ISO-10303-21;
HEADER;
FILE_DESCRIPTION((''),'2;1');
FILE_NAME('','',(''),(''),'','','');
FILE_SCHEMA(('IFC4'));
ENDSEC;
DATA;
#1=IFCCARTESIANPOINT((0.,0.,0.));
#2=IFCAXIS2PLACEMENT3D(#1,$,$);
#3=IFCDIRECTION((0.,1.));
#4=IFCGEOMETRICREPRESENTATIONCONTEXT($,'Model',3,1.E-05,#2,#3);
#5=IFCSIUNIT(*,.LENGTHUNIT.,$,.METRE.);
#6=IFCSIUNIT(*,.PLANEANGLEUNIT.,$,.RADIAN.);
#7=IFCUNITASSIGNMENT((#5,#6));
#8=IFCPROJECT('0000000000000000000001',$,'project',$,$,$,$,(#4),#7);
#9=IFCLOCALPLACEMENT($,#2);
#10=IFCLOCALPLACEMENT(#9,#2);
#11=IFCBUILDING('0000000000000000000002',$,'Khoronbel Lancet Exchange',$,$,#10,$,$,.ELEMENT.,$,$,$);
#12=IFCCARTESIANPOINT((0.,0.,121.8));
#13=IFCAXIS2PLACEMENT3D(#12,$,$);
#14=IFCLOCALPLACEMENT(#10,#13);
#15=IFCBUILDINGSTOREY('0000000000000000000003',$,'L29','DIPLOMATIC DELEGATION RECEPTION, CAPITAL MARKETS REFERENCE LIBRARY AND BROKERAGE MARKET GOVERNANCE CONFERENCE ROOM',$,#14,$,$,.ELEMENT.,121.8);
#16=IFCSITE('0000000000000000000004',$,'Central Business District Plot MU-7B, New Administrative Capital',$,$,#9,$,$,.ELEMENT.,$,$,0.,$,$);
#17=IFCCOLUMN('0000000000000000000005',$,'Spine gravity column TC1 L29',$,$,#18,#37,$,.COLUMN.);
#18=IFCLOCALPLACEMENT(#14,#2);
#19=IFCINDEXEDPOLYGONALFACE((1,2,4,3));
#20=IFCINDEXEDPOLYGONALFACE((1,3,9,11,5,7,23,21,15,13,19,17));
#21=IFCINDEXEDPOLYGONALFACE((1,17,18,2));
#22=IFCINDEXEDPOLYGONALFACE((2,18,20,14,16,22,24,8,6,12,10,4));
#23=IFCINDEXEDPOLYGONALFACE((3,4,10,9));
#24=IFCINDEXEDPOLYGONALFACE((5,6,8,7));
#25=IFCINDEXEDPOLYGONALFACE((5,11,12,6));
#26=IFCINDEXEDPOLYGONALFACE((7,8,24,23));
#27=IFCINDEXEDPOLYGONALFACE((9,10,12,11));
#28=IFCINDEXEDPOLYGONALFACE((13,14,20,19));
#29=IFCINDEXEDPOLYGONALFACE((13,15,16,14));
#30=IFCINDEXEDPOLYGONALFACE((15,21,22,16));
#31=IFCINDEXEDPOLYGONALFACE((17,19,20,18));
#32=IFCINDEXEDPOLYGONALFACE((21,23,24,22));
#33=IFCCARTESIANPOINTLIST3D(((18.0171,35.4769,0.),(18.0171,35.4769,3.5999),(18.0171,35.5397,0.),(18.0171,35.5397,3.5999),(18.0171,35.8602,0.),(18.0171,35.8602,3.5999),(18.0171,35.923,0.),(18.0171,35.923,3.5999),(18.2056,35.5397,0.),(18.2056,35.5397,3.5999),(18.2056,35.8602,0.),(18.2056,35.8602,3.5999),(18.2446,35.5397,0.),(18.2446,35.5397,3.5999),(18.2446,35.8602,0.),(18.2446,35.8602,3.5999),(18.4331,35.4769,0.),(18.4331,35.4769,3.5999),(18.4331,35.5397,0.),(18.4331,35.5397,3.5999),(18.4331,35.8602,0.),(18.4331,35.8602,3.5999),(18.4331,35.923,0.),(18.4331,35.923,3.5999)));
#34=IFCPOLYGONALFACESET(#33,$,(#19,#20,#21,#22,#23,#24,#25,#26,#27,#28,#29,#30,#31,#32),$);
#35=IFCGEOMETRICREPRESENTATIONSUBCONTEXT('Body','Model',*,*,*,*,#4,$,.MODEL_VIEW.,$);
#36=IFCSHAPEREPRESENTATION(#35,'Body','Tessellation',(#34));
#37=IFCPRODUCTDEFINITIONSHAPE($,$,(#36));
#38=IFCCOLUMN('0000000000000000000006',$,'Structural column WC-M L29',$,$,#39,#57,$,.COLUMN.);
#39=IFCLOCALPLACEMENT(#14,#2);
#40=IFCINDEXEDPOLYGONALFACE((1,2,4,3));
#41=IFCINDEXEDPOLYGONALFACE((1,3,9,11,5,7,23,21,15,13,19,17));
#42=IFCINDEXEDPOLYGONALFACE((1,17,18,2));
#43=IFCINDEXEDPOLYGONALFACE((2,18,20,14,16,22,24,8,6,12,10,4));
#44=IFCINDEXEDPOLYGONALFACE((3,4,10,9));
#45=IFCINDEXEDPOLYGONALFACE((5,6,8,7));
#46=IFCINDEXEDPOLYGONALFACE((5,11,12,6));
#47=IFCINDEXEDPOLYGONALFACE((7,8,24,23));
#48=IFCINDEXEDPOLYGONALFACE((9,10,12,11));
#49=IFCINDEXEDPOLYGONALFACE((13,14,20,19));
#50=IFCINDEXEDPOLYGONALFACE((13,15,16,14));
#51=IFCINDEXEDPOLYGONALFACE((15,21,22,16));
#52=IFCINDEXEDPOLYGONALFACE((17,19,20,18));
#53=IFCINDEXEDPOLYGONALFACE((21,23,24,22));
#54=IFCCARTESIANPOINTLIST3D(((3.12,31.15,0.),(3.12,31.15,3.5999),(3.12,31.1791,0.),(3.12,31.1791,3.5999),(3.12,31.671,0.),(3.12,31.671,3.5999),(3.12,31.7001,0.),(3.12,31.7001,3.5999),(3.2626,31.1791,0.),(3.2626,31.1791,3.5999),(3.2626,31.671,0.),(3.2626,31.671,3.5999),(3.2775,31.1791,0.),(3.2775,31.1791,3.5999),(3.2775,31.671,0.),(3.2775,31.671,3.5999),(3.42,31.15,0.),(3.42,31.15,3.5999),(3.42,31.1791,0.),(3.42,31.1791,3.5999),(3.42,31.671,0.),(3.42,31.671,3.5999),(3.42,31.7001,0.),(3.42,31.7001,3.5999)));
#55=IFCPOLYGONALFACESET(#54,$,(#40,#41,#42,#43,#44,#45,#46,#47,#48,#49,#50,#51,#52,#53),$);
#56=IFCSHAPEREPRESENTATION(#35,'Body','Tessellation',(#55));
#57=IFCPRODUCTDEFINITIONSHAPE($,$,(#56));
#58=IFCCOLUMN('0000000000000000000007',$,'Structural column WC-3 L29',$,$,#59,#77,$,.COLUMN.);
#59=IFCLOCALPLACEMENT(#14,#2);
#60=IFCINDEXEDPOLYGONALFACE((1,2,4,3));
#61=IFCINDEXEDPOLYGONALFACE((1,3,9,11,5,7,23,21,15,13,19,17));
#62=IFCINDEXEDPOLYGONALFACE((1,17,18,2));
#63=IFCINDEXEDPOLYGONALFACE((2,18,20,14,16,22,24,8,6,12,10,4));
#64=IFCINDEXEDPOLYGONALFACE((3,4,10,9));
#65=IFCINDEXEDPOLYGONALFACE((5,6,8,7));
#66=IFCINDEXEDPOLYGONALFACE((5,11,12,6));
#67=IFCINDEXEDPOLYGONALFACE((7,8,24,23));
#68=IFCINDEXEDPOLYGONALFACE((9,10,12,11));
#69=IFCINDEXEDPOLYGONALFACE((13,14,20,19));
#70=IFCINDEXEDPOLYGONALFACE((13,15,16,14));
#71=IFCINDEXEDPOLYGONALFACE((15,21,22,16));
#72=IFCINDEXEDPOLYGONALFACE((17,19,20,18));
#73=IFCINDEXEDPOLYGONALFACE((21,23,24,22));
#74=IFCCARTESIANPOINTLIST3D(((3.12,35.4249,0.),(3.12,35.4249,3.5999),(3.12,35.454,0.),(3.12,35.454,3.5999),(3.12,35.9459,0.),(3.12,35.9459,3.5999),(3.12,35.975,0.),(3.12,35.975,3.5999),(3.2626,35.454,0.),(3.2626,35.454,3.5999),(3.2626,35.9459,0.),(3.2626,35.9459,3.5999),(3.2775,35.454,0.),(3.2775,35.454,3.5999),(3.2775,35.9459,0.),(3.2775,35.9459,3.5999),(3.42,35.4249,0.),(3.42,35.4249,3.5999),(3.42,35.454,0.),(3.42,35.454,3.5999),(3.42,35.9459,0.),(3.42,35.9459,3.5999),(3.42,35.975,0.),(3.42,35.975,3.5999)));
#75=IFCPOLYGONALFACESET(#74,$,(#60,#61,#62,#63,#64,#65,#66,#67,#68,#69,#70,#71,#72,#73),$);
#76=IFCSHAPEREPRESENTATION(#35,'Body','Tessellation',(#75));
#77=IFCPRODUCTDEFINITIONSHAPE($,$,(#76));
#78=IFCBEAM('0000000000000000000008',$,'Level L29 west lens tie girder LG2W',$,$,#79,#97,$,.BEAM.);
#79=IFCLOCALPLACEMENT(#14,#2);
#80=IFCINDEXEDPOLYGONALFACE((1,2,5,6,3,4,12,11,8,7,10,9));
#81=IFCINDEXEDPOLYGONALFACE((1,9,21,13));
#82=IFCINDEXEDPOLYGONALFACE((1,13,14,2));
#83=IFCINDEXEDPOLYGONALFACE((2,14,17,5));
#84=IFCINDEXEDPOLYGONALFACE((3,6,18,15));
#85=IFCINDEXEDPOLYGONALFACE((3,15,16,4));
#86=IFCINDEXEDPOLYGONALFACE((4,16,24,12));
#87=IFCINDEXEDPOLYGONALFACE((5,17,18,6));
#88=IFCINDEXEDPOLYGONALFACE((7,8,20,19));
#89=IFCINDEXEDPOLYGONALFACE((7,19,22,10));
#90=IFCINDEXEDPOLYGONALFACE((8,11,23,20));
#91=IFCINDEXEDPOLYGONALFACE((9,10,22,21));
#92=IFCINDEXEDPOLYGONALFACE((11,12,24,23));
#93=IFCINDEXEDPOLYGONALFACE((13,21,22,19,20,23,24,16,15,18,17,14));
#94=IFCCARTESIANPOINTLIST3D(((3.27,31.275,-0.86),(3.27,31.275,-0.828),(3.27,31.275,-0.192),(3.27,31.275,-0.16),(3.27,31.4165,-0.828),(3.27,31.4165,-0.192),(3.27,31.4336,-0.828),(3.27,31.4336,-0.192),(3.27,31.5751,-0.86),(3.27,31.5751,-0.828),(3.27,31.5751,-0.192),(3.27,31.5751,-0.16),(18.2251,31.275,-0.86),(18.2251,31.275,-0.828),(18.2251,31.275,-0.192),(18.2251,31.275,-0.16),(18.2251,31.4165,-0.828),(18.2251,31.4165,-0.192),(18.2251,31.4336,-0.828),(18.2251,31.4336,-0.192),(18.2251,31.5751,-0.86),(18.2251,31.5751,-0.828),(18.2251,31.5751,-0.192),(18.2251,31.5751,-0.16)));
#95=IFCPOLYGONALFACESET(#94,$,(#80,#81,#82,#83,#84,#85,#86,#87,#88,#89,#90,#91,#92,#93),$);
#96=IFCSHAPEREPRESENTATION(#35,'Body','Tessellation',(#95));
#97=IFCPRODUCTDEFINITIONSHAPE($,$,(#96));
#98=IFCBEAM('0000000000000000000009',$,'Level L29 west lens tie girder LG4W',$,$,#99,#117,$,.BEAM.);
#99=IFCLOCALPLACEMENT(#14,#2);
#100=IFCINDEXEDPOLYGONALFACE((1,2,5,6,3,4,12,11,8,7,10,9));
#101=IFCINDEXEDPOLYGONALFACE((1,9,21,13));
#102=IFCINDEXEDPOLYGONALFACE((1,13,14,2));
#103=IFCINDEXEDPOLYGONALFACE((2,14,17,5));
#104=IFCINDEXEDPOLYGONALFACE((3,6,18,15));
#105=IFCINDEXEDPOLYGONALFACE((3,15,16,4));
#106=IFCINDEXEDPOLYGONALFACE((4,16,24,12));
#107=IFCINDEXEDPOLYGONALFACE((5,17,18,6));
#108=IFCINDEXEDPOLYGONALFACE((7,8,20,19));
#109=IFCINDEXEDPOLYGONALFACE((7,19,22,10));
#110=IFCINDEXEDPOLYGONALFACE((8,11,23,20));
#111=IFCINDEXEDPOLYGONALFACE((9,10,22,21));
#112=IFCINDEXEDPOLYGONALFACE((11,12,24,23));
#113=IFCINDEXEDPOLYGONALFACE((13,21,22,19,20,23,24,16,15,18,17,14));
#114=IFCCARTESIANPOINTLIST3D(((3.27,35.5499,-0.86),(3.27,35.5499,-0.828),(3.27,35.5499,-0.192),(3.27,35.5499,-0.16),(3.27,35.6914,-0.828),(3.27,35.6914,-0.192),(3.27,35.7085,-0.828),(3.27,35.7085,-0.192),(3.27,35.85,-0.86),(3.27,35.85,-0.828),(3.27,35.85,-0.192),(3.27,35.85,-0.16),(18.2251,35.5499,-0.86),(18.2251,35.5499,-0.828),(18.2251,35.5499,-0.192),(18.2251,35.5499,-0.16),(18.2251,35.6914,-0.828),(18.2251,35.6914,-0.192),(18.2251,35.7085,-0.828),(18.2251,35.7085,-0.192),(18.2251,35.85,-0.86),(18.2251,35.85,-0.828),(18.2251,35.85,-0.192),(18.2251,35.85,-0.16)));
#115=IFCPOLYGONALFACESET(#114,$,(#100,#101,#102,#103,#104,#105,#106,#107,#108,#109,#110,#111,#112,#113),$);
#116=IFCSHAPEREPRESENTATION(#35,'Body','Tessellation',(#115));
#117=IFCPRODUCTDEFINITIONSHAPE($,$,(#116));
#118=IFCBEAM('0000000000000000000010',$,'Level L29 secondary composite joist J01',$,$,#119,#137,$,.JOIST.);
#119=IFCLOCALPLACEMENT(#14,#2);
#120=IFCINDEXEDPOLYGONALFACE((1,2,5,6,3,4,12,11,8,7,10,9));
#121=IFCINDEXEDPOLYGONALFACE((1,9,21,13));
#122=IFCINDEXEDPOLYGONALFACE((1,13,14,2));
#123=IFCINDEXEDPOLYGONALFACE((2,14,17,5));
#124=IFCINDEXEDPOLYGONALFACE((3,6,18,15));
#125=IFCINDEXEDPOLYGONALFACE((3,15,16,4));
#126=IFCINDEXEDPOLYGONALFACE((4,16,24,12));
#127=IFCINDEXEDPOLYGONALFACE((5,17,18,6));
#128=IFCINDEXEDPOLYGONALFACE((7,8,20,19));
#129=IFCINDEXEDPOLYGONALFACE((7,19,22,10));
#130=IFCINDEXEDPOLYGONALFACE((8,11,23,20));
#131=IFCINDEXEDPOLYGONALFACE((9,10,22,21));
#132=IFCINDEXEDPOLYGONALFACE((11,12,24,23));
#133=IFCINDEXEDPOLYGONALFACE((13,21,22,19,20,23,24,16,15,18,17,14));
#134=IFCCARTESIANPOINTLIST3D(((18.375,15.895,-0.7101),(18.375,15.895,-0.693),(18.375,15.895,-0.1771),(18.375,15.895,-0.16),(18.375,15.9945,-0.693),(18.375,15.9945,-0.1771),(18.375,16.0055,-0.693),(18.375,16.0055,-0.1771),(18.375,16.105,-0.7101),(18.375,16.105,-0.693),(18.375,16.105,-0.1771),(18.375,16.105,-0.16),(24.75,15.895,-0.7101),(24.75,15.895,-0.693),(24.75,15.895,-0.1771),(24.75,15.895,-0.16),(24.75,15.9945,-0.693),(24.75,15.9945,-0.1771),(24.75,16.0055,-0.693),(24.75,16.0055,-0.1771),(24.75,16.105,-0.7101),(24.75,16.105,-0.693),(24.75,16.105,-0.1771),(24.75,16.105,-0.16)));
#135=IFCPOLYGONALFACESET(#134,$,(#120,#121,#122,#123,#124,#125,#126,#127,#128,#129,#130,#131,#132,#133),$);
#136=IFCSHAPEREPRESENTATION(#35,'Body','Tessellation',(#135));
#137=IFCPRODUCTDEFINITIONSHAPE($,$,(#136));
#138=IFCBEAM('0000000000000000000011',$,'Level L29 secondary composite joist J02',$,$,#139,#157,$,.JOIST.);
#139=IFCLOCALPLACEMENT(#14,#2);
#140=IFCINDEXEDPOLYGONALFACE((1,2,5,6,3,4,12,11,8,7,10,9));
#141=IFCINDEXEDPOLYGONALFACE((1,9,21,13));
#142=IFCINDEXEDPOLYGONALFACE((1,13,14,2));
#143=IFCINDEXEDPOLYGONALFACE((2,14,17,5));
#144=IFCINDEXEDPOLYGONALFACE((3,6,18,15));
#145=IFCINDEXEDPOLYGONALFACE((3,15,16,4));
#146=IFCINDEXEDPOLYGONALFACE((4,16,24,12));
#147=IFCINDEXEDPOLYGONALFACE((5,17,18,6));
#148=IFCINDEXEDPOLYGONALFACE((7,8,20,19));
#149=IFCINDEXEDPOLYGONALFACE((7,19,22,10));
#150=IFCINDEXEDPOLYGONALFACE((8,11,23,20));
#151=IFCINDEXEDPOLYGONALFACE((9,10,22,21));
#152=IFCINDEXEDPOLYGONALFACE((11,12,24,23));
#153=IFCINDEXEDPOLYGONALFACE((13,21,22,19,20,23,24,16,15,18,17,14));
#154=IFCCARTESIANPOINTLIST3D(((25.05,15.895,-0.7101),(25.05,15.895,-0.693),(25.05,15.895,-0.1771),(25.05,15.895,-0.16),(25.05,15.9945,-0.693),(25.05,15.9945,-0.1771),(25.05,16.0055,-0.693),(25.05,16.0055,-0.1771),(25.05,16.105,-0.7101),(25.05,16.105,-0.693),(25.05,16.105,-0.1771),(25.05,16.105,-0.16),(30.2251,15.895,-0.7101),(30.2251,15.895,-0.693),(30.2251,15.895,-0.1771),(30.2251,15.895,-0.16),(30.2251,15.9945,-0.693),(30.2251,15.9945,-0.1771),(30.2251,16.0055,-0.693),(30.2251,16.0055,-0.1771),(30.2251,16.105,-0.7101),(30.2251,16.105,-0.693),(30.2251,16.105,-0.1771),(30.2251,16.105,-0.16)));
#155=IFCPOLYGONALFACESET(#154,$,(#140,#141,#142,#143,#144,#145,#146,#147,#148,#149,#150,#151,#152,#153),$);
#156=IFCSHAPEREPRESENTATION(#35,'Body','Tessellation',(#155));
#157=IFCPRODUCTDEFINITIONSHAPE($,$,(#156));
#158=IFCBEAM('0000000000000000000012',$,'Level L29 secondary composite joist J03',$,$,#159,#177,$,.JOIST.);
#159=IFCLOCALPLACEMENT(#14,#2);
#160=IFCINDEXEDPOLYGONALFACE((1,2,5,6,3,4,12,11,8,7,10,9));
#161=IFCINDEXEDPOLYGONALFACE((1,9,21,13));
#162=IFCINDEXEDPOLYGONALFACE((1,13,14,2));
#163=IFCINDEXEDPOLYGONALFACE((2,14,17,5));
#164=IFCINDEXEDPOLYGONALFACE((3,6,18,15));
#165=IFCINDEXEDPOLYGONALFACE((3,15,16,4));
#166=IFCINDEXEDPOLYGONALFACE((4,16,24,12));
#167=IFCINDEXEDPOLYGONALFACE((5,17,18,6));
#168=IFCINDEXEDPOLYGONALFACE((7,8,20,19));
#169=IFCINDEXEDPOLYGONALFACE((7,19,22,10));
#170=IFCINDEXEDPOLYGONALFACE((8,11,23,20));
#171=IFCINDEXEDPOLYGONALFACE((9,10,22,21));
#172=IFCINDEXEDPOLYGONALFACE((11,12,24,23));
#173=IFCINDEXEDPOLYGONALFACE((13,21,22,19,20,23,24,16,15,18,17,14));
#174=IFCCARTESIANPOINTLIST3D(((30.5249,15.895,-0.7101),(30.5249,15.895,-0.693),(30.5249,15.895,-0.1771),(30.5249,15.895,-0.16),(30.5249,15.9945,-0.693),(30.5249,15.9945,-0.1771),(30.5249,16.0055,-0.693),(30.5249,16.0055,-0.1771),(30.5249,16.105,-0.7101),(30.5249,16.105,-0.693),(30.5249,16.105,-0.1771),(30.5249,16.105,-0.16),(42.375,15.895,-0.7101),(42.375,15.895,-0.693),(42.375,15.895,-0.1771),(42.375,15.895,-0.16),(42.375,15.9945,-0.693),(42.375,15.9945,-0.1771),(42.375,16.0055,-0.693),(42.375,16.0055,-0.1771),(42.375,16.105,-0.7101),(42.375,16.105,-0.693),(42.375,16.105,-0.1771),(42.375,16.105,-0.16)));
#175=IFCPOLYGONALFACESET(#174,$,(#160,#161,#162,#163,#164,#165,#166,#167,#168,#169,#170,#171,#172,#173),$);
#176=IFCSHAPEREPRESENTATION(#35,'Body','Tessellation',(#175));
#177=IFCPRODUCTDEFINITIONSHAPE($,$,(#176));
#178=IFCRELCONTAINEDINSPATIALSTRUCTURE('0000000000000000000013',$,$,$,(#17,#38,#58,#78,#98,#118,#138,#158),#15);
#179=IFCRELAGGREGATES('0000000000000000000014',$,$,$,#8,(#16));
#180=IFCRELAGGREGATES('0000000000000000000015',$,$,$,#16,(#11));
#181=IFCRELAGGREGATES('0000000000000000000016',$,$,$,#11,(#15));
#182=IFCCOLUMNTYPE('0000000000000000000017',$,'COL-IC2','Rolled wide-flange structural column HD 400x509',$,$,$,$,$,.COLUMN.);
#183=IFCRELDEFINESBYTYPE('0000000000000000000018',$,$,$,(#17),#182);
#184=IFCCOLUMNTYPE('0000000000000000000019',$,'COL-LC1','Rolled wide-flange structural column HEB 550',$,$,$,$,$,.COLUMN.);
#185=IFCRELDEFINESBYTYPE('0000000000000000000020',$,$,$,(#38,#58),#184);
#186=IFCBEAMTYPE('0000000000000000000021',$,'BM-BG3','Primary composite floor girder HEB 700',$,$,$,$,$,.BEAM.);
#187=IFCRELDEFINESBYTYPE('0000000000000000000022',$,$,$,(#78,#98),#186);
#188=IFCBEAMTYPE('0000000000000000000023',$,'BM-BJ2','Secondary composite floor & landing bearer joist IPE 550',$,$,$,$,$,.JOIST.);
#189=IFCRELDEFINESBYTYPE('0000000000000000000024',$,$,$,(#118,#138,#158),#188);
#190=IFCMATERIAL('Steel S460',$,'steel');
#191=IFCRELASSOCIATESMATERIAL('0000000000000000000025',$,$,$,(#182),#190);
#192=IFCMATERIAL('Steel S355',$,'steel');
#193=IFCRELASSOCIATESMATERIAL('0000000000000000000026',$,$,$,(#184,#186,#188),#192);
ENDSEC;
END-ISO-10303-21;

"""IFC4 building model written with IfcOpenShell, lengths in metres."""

from ifc_helpers import new_model, si_unit, direction, frame, origin, origin_2d, place, context, subcontext, project, spatial, i_section, extrude, material, material_profile, profile_set, type_object, element, save


model = new_model("IFC4")

# Units and contexts
model_context = context("Model", 3, precision=1e-05, world=origin(), true_north=direction((0.0, 1.0)))
body_context = subcontext(model_context, "Body", "Model", "MODEL_VIEW")
ifc_project = project(units=[si_unit("LENGTHUNIT", "METRE"), si_unit("PLANEANGLEUNIT", "RADIAN")], contexts=[model_context])

# Site, building, storey
site_placement = place(None, origin())
site = spatial("IfcSite", under=ifc_project, at=site_placement, Name="Central Business District Plot MU-7B, New Administrative Capital", CompositionType="ELEMENT", RefElevation=0.0)
building_placement = place(site_placement, origin())
building = spatial("IfcBuilding", under=site, at=building_placement, Name="Khoronbel Lancet Exchange", CompositionType="ELEMENT")
storey_placement = place(building_placement, frame((0.0, 0.0, 121.8)))
storey = spatial("IfcBuildingStorey", under=building, at=storey_placement, Name="L29", Description="DIPLOMATIC DELEGATION RECEPTION, CAPITAL MARKETS REFERENCE LIBRARY AND BROKERAGE MARKET GOVERNANCE CONFERENCE ROOM", CompositionType="ELEMENT", Elevation=121.8)

# Columns
ifc_material_1 = material(Name="Steel S460", Category="steel")
ifc_material_profile_1 = material_profile(ifc_material_1, i_section(OverallWidth=0.416, OverallDepth=0.446, WebThickness=0.0391, FlangeThickness=0.0627, at=origin_2d()), Name="HD 400x509")
ifc_profile_set_1 = profile_set([ifc_material_profile_1], Name="Steel S460")
column_type_1 = type_object("IfcColumnType", Name="COL-IC2", Description="Rolled wide-flange structural column HD 400x509", PredefinedType="COLUMN", material=ifc_profile_set_1)
column_placement = place(storey_placement, frame((18.2251, 35.7, 0.0), z_axis=(0.0, 0.0, 1.0), x_axis=(1.0, 0.0, 0.0)))
element("IfcColumn", 1, at=column_placement, inside=storey, type_object=column_type_1, Name="Spine gravity column TC1 L29", PredefinedType="COLUMN", context=body_context, shape_type="SweptSolid", body=[
    extrude(i_section(OverallWidth=0.416, OverallDepth=0.446, WebThickness=0.0391, FlangeThickness=0.0627, at=origin_2d()), origin(), (0.0, 0.0, 1.0), 3.5999),
])
ifc_material_2 = material(Name="Steel S355", Category="steel")
ifc_material_profile_2 = material_profile(ifc_material_2, i_section(OverallWidth=0.3, OverallDepth=0.55, WebThickness=0.0149, FlangeThickness=0.0291, at=origin_2d()), Name="HEB 550")
ifc_profile_set_2 = profile_set([ifc_material_profile_2], Name="Steel S355")
column_type_2 = type_object("IfcColumnType", Name="COL-LC1", Description="Rolled wide-flange structural column HEB 550", PredefinedType="COLUMN", material=ifc_profile_set_2)
for number, where, z_axis, x_axis, name in (
    (2, (3.27, 31.425, 0.0), (0.0, 0.0, 1.0), (1.0, 0.0, 0.0), "Structural column WC-M L29"),
    (3, (3.27, 35.7, 0.0), (0.0, 0.0, 1.0), (1.0, 0.0, 0.0), "Structural column WC-3 L29"),
):
    element("IfcColumn", number, at=place(storey_placement, frame(where, z_axis=z_axis, x_axis=x_axis)), inside=storey, type_object=column_type_2, Name=name, PredefinedType="COLUMN", context=body_context, shape_type="SweptSolid", body=[
        extrude(i_section(OverallWidth=0.3, OverallDepth=0.55, WebThickness=0.0149, FlangeThickness=0.0291, at=origin_2d()), origin(), (0.0, 0.0, 1.0), 3.5999),
    ])

# Beams
ifc_material_profile_3 = material_profile(ifc_material_2, i_section(OverallWidth=0.3, OverallDepth=0.7, WebThickness=0.0171, FlangeThickness=0.032, at=origin_2d()), Name="HEB 700")
ifc_profile_set_3 = profile_set([ifc_material_profile_3], Name="Steel S355")
beam_type_1 = type_object("IfcBeamType", Name="BM-BG3", Description="Primary composite floor girder HEB 700", PredefinedType="BEAM", material=ifc_profile_set_3)
for number, where, z_axis, x_axis, name in (
    (4, (3.27, 31.425, -0.51), (1.0, 0.0, 0.0), (0.0, 1.0, 0.0), "Level L29 west lens tie girder LG2W"),
    (5, (3.27, 35.7, -0.51), (1.0, 0.0, 0.0), (0.0, 1.0, 0.0), "Level L29 west lens tie girder LG4W"),
):
    element("IfcBeam", number, at=place(storey_placement, frame(where, z_axis=z_axis, x_axis=x_axis)), inside=storey, type_object=beam_type_1, Name=name, PredefinedType="BEAM", context=body_context, shape_type="SweptSolid", body=[
        extrude(i_section(OverallWidth=0.3, OverallDepth=0.7, WebThickness=0.0171, FlangeThickness=0.032, at=origin_2d()), origin(), (0.0, 0.0, 1.0), 14.9551),
    ])
ifc_material_profile_4 = material_profile(ifc_material_2, i_section(OverallWidth=0.21, OverallDepth=0.55, WebThickness=0.011, FlangeThickness=0.0171, at=origin_2d()), Name="IPE 550")
ifc_profile_set_4 = profile_set([ifc_material_profile_4], Name="Steel S355")
beam_type_2 = type_object("IfcBeamType", Name="BM-BJ2", Description="Secondary composite floor & landing bearer joist IPE 550", PredefinedType="JOIST", material=ifc_profile_set_4)
beam_1_placement = place(storey_placement, frame((18.375, 16.0, -0.4351), z_axis=(1.0, 0.0, 0.0), x_axis=(0.0, 1.0, 0.0)))
element("IfcBeam", 6, at=beam_1_placement, inside=storey, type_object=beam_type_2, Name="Level L29 secondary composite joist J01", PredefinedType="JOIST", context=body_context, shape_type="SweptSolid", body=[
    extrude(i_section(OverallWidth=0.21, OverallDepth=0.55, WebThickness=0.011, FlangeThickness=0.0171, at=origin_2d()), origin(), (0.0, 0.0, 1.0), 6.375),
])
beam_2_placement = place(storey_placement, frame((25.05, 16.0, -0.4351), z_axis=(1.0, 0.0, 0.0), x_axis=(0.0, 1.0, 0.0)))
element("IfcBeam", 7, at=beam_2_placement, inside=storey, type_object=beam_type_2, Name="Level L29 secondary composite joist J02", PredefinedType="JOIST", context=body_context, shape_type="SweptSolid", body=[
    extrude(i_section(OverallWidth=0.21, OverallDepth=0.55, WebThickness=0.011, FlangeThickness=0.0171, at=origin_2d()), origin(), (0.0, 0.0, 1.0), 5.175),
])
beam_3_placement = place(storey_placement, frame((30.5249, 16.0, -0.4351), z_axis=(1.0, 0.0, 0.0), x_axis=(0.0, 1.0, 0.0)))
element("IfcBeam", 8, at=beam_3_placement, inside=storey, type_object=beam_type_2, Name="Level L29 secondary composite joist J03", PredefinedType="JOIST", context=body_context, shape_type="SweptSolid", body=[
    extrude(i_section(OverallWidth=0.21, OverallDepth=0.55, WebThickness=0.011, FlangeThickness=0.0171, at=origin_2d()), origin(), (0.0, 0.0, 1.0), 11.8501),
])

save(model, "model.ifc")
